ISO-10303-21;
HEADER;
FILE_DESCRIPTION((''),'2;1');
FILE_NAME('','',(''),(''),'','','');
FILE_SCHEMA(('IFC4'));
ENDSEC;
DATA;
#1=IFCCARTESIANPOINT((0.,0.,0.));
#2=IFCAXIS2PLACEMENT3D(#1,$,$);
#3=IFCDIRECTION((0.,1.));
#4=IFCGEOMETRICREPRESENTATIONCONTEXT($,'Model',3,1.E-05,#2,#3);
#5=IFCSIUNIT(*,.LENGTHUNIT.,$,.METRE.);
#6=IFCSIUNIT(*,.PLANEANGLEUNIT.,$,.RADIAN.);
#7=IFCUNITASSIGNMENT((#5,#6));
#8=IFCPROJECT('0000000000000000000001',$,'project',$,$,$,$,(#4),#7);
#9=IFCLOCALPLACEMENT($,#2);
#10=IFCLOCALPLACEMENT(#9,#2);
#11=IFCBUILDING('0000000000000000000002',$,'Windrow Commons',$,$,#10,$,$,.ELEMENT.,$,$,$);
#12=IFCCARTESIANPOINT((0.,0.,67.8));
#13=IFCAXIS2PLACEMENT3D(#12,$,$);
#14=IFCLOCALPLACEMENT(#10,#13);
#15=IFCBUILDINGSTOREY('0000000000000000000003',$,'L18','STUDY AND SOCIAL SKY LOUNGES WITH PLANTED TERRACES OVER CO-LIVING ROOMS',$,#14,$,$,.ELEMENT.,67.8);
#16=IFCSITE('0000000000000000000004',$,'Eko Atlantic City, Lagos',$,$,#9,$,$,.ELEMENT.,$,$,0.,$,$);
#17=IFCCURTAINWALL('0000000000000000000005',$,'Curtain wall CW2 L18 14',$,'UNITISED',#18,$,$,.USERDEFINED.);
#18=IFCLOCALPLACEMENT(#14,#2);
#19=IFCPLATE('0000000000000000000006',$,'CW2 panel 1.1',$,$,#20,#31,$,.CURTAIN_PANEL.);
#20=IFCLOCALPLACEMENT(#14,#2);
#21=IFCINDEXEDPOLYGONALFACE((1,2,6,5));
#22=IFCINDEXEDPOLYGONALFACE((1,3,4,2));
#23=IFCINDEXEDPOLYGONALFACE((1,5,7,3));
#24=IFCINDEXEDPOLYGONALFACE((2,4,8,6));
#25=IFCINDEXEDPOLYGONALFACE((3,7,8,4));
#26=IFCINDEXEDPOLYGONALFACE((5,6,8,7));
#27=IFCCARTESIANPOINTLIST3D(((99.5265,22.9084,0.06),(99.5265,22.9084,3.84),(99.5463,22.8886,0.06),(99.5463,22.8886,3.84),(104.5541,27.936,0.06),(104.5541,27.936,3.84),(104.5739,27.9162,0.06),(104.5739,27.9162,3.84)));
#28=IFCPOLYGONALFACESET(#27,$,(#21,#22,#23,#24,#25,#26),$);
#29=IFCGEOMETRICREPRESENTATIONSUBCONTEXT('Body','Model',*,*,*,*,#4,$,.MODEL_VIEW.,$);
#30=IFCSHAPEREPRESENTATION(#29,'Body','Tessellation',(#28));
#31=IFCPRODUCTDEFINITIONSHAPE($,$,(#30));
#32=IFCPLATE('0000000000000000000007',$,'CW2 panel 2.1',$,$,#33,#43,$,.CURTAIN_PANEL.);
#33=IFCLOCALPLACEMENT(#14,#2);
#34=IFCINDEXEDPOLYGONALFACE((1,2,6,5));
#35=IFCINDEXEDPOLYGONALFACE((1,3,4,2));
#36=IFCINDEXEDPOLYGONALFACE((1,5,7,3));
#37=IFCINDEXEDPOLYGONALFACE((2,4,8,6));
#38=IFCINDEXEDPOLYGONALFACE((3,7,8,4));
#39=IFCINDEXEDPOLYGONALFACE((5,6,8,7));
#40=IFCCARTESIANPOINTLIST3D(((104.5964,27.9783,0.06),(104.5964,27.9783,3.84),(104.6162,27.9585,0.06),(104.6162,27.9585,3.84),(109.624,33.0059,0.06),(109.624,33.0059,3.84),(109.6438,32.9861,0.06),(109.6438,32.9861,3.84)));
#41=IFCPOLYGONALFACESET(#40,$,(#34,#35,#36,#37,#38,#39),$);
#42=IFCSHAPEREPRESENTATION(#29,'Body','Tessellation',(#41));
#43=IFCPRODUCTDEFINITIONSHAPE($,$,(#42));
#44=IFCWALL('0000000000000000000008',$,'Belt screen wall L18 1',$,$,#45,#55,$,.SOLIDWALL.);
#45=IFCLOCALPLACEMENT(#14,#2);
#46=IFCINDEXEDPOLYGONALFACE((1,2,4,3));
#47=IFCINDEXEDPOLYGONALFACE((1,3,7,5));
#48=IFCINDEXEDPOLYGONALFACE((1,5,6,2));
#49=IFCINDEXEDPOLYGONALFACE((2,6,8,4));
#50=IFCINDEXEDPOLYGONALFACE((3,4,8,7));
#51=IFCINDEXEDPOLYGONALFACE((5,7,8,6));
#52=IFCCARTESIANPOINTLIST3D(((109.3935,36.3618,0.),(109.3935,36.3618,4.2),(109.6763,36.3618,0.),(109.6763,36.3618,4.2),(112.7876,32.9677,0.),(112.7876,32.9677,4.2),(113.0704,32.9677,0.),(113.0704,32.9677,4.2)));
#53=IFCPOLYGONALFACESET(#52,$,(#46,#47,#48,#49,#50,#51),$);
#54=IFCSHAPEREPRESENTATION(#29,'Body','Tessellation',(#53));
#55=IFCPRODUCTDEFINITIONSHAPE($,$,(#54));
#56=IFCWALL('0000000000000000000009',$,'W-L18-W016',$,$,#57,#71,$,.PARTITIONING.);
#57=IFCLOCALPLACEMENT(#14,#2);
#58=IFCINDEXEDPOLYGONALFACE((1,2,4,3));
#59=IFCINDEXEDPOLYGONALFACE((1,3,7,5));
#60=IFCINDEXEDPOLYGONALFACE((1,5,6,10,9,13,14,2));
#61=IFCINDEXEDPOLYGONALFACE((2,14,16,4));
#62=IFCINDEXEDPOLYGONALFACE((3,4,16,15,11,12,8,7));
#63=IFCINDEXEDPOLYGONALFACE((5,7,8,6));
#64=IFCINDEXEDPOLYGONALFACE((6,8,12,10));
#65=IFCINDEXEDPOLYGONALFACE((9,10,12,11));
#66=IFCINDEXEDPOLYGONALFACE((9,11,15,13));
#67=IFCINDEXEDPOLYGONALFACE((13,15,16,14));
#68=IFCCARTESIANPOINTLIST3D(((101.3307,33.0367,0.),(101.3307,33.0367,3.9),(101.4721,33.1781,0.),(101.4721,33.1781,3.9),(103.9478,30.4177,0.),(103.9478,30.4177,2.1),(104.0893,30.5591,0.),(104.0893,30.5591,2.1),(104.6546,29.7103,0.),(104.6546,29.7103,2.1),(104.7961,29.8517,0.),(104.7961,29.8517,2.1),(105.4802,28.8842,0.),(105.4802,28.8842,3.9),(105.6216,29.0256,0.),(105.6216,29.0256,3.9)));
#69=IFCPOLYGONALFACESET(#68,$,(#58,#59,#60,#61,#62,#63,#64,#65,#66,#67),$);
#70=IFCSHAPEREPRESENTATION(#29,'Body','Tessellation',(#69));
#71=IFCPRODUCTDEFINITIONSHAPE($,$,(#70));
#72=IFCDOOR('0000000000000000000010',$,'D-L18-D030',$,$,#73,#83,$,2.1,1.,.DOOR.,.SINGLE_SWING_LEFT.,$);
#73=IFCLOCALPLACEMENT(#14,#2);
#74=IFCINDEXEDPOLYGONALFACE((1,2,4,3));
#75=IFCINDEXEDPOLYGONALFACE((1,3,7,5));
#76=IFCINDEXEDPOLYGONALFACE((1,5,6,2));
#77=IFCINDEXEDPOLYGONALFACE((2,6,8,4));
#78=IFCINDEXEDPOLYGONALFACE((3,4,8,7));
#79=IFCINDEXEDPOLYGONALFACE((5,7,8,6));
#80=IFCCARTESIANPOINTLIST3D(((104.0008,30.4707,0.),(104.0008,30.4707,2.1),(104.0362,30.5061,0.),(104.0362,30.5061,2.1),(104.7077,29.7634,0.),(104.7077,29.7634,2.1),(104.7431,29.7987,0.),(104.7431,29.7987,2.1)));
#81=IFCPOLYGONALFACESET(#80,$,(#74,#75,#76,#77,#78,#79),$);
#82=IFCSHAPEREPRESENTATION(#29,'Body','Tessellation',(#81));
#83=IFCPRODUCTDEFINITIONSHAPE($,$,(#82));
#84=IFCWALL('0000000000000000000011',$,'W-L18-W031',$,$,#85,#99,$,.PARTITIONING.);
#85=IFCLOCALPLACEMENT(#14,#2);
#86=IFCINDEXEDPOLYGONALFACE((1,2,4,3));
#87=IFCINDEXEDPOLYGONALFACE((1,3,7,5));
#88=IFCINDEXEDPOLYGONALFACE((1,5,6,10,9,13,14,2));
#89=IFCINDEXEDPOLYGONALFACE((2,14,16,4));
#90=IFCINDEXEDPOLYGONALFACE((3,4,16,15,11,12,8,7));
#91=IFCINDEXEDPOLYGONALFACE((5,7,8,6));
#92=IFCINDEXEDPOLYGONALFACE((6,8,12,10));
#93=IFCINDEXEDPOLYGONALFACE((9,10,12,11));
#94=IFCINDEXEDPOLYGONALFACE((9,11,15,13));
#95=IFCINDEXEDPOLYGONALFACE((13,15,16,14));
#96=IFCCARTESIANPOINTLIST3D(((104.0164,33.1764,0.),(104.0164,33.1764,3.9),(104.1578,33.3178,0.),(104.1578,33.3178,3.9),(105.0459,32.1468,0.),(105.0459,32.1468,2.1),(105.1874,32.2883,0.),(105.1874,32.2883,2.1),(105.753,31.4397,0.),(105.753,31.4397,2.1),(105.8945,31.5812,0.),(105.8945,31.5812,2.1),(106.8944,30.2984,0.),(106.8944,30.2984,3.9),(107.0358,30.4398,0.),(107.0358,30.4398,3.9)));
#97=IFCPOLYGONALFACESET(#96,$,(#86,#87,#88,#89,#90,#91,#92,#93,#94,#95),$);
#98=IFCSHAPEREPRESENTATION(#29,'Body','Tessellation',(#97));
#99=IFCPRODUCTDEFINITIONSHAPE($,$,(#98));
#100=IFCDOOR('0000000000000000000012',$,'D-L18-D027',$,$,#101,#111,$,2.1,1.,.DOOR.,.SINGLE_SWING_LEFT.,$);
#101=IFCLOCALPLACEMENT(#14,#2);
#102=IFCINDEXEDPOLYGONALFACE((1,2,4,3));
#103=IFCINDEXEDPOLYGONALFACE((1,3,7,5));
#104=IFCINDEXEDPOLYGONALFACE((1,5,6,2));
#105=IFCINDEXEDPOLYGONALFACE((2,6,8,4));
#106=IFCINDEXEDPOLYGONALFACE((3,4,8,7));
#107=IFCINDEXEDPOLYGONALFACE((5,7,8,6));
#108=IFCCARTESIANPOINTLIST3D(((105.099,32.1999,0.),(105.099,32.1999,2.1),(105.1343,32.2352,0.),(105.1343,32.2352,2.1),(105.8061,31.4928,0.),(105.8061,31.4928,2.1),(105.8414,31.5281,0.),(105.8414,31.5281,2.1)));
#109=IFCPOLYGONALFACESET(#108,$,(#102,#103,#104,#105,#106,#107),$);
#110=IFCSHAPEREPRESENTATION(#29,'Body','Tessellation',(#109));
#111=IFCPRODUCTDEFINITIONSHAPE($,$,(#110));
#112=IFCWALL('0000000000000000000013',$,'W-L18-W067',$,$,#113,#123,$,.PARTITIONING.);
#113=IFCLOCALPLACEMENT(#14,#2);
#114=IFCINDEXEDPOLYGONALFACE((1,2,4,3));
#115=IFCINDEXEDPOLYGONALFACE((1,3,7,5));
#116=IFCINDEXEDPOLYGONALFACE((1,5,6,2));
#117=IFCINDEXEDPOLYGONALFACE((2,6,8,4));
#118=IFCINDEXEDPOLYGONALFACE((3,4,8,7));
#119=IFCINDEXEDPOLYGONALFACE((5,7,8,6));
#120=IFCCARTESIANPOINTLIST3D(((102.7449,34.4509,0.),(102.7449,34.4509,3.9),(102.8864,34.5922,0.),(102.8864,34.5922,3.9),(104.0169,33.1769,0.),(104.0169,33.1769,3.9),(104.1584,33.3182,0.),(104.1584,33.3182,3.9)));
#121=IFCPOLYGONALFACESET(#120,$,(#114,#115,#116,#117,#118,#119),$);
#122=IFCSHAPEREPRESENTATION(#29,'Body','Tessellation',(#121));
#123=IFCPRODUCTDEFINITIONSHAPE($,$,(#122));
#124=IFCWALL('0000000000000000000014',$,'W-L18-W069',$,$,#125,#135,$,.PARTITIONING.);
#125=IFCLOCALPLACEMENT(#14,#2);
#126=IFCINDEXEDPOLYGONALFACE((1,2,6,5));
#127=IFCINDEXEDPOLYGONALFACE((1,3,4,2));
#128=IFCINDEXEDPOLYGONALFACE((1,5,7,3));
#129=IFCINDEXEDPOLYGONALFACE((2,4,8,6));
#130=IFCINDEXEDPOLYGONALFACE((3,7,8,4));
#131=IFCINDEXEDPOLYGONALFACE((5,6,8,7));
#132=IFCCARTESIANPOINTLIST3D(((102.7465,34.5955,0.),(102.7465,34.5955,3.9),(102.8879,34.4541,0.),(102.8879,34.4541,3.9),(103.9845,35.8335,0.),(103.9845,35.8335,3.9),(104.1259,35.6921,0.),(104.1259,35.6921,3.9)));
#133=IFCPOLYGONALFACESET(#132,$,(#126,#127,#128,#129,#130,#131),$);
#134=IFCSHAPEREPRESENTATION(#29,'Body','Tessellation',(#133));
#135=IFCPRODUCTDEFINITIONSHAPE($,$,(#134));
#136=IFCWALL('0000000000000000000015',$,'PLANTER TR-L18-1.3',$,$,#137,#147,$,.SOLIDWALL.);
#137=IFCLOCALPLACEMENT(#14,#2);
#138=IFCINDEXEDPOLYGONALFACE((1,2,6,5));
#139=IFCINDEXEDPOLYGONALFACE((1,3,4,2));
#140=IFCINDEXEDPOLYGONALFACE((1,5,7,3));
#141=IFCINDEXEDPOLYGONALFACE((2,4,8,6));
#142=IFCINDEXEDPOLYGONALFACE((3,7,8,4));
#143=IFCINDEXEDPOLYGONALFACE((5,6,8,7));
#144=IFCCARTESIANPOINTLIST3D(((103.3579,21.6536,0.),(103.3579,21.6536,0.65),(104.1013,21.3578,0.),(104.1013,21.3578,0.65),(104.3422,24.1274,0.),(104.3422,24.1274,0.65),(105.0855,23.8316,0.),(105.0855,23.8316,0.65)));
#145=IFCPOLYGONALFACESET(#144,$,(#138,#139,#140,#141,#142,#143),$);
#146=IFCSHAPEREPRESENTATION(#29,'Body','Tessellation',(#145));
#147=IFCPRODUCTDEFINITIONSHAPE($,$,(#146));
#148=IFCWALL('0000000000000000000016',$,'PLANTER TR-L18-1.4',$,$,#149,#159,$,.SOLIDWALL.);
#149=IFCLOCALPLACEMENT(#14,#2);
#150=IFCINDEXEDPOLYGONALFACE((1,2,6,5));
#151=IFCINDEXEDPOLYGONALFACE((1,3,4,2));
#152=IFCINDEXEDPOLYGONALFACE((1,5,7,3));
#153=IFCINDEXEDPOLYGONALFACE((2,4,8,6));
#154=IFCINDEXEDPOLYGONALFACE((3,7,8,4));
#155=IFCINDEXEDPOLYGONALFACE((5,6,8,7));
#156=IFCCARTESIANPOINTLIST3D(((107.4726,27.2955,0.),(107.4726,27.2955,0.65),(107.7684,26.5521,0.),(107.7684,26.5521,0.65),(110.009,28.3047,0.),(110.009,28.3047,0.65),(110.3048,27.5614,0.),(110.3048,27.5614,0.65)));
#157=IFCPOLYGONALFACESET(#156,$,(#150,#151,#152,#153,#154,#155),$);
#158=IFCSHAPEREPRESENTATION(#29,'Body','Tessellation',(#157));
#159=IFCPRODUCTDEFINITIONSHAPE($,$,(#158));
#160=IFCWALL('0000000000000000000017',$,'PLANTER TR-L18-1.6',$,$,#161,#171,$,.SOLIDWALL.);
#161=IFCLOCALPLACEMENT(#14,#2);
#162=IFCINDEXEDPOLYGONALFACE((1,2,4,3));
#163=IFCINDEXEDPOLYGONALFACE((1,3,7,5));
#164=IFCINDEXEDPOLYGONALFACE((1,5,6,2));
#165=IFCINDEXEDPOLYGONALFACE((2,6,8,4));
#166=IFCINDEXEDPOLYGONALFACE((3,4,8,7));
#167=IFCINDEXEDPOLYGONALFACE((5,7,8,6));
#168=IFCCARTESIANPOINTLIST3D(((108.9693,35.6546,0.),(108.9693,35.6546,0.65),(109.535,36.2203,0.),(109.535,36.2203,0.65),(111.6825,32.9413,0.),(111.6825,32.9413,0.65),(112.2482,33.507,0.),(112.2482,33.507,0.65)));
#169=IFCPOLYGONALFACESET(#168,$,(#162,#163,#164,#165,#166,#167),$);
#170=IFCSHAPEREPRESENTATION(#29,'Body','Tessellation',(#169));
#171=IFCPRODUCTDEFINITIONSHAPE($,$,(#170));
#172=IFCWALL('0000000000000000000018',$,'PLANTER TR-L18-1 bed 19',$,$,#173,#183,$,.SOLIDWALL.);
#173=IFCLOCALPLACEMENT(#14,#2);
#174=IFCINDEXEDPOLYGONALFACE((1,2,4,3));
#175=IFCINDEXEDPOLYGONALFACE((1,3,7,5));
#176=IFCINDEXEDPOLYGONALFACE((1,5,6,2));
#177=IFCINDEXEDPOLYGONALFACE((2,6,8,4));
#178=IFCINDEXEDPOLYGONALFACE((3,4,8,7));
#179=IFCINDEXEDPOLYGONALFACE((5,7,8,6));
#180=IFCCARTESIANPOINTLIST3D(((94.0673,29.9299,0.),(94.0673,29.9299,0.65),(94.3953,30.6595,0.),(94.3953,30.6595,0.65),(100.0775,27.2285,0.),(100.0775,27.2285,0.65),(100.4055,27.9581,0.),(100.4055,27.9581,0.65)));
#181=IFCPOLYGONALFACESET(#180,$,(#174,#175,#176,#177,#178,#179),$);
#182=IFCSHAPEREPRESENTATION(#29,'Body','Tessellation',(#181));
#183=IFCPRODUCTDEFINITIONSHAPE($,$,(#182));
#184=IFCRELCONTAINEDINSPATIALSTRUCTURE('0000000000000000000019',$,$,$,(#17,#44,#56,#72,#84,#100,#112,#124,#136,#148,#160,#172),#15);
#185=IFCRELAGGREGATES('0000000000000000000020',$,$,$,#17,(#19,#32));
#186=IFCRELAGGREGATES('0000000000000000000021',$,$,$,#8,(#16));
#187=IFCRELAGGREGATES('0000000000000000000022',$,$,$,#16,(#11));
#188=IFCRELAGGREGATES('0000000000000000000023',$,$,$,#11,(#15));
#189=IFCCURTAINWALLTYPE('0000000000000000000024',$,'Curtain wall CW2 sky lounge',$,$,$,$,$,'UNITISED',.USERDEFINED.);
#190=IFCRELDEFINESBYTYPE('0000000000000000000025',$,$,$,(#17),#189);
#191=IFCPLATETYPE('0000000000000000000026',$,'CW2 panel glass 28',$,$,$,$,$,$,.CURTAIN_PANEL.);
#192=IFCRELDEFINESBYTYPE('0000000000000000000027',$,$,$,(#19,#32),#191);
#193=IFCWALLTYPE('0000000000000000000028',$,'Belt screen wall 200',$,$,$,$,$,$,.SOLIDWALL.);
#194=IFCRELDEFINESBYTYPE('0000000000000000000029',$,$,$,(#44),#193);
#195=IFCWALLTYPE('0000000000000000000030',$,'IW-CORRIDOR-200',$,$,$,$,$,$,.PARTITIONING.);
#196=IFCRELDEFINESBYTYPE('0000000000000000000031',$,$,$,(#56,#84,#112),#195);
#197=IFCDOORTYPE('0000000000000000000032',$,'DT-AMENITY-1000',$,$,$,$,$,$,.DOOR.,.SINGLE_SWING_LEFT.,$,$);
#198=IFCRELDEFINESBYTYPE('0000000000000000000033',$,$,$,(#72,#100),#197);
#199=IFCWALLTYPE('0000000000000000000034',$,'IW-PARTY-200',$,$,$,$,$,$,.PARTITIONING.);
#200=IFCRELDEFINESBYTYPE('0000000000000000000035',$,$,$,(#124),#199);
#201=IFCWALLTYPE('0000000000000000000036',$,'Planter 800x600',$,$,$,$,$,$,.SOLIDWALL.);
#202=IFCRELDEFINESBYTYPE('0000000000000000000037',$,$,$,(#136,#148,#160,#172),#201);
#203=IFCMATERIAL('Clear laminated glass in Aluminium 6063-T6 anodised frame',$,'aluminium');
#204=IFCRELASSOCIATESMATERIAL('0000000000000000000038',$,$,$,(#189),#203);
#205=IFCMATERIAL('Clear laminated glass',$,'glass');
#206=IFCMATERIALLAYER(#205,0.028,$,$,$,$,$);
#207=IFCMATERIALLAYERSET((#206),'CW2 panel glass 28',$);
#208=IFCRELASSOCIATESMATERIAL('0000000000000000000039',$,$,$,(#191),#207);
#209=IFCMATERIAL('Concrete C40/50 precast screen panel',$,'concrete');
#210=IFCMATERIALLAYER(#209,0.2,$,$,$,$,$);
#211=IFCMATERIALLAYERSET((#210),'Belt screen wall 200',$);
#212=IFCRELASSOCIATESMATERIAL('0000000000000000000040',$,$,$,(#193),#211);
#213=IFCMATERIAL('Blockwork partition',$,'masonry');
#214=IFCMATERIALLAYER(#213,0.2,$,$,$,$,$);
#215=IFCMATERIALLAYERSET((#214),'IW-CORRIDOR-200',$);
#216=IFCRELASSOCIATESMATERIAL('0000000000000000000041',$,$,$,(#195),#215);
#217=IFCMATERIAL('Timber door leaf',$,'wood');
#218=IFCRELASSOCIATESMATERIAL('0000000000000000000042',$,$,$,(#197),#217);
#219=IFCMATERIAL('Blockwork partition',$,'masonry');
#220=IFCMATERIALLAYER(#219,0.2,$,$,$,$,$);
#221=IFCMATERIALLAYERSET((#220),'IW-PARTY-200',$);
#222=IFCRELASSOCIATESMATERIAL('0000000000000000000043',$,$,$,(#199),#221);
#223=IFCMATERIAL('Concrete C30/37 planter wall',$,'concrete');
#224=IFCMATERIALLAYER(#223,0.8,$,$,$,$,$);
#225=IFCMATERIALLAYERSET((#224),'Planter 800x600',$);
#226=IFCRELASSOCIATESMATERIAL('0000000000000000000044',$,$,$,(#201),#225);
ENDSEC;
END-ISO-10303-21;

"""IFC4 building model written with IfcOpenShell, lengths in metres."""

from ifc_helpers import new_model, si_unit, direction, frame, frame_2d, origin, origin_2d, place, context, subcontext, project, spatial, polyline, rectangle, outline, extrude, material, layer, layer_set, type_object, element, fill, aggregate, save


model = new_model("IFC4")

# Units and contexts
model_context = context("Model", 3, precision=1e-05, world=origin(), true_north=direction((0.0, 1.0)))
body_context = subcontext(model_context, "Body", "Model", "MODEL_VIEW")
ifc_project = project(units=[si_unit("LENGTHUNIT", "METRE"), si_unit("PLANEANGLEUNIT", "RADIAN")], contexts=[model_context])

# Site, building, storey
site_placement = place(None, origin())
site = spatial("IfcSite", under=ifc_project, at=site_placement, Name="Eko Atlantic City, Lagos", CompositionType="ELEMENT", RefElevation=0.0)
building_placement = place(site_placement, origin())
building = spatial("IfcBuilding", under=site, at=building_placement, Name="Windrow Commons", CompositionType="ELEMENT")
storey_placement = place(building_placement, frame((0.0, 0.0, 67.8)))
storey = spatial("IfcBuildingStorey", under=building, at=storey_placement, Name="L18", Description="STUDY AND SOCIAL SKY LOUNGES WITH PLANTED TERRACES OVER CO-LIVING ROOMS", CompositionType="ELEMENT", Elevation=67.8)

# Shared definitions
ifc_material_1 = material(Name="Clear laminated glass in Aluminium 6063-T6 anodised frame", Category="aluminium")
curtain_wall_type = type_object("IfcCurtainWallType", Name="Curtain wall CW2 sky lounge", ElementType="UNITISED", PredefinedType="USERDEFINED", material=ifc_material_1)
placement = place(storey_placement, origin())

# Curtain wall
curtain_wall_1 = element("IfcCurtainWall", 1, at=placement, inside=storey, type_object=curtain_wall_type, Name="Curtain wall CW2 L18 14", ObjectType="UNITISED", PredefinedType="USERDEFINED")

# Plates
ifc_material_2 = material(Name="Clear laminated glass", Category="glass")
ifc_layer_1 = layer(ifc_material_2, 0.028)
ifc_layer_set_1 = layer_set([ifc_layer_1], Name="CW2 panel glass 28")
plate_type = type_object("IfcPlateType", Name="CW2 panel glass 28", PredefinedType="CURTAIN_PANEL", material=ifc_layer_set_1)
plate_1_placement = place(storey_placement, frame((102.0502, 25.4123, 0.06), z_axis=(0.0, 0.0, 1.0), x_axis=(0.707107, 0.707107, 0.0)))
plate_1 = element("IfcPlate", 2, at=plate_1_placement, type_object=plate_type, Name="CW2 panel 1.1", PredefinedType="CURTAIN_PANEL", context=body_context, shape_type="SweptSolid", body=[
    extrude(rectangle(XDim=7.11, YDim=0.028, at=origin_2d()), origin(), (0.0, 0.0, 1.0), 3.78),
])
plate_2_placement = place(storey_placement, frame((107.1201, 30.4822, 0.06), z_axis=(0.0, 0.0, 1.0), x_axis=(0.707107, 0.707107, 0.0)))
plate_2 = element("IfcPlate", 3, at=plate_2_placement, type_object=plate_type, Name="CW2 panel 2.1", PredefinedType="CURTAIN_PANEL", context=body_context, shape_type="SweptSolid", body=[
    extrude(rectangle(XDim=7.11, YDim=0.028, at=origin_2d()), origin(), (0.0, 0.0, 1.0), 3.78),
])
aggregate(curtain_wall_1, [plate_1, plate_2])

# Wall
ifc_material_3 = material(Name="Concrete C40/50 precast screen panel", Category="concrete")
ifc_layer_2 = layer(ifc_material_3, 0.2)
ifc_layer_set_2 = layer_set([ifc_layer_2], Name="Belt screen wall 200")
wall_type_1 = type_object("IfcWallType", Name="Belt screen wall 200", PredefinedType="SOLIDWALL", material=ifc_layer_set_2)
wall_1_placement = place(storey_placement, frame((112.929, 32.9677, 0.0), z_axis=(0.0, 0.0, 1.0), x_axis=(-0.707107, 0.707107, 0.0)))
element("IfcWall", 4, at=wall_1_placement, inside=storey, type_object=wall_type_1, Name="Belt screen wall L18 1", PredefinedType="SOLIDWALL", context=body_context, shape_type="SweptSolid", body=[
    extrude(outline(polyline([(-0.1, -0.1), (4.7, -0.1), (4.9, 0.1), (0.1, 0.1), (-0.1, -0.1)])), origin(), (0.0, 0.0, 1.0), 4.2),
])

# Walls, openings, doors
ifc_material_4 = material(Name="Blockwork partition", Category="masonry")
ifc_layer_3 = layer(ifc_material_4, 0.2)
ifc_layer_set_3 = layer_set([ifc_layer_3], Name="IW-CORRIDOR-200")
wall_type_2 = type_object("IfcWallType", Name="IW-CORRIDOR-200", PredefinedType="PARTITIONING", material=ifc_layer_set_3)
wall_2_placement = place(storey_placement, frame((105.5509, 28.9549, 0.0), z_axis=(0.0, 0.0, 1.0), x_axis=(-0.706851, 0.707362, 0.0)))
wall_2 = element("IfcWall", 5, at=wall_2_placement, inside=storey, type_object=wall_type_2, Name="W-L18-W016", PredefinedType="PARTITIONING", context=body_context, shape_type="SweptSolid", body=[
    extrude(rectangle(XDim=5.8704, YDim=0.2, at=frame_2d((2.9352, 0.0))), origin(), (0.0, 0.0, 1.0), 3.9),
])
opening_1_placement = place(wall_2_placement, frame((1.1679, 0.0, 0.0)))
opening_1 = element("IfcOpeningElement", 6, at=opening_1_placement, cuts=wall_2, PredefinedType="OPENING", context=body_context, shape_type="SweptSolid", body=[
    extrude(rectangle(XDim=1.0, YDim=2.1, at=frame_2d((0.5, 1.05))), frame((0.0, 0.11, 0.0), z_axis=(0.0, -1.0, 0.0), x_axis=(1.0, 0.0, 0.0)), (0.0, 0.0, 1.0), 0.22),
])
ifc_material_5 = material(Name="Timber door leaf", Category="wood")
door_type = type_object("IfcDoorType", Name="DT-AMENITY-1000", OperationType="SINGLE_SWING_LEFT", PredefinedType="DOOR", material=ifc_material_5)
door_1_placement = place(opening_1_placement, origin())
door_1 = element("IfcDoor", 7, at=door_1_placement, inside=storey, type_object=door_type, Name="D-L18-D030", OperationType="SINGLE_SWING_LEFT", OverallHeight=2.1, OverallWidth=1.0, PredefinedType="DOOR", context=body_context, shape_type="SweptSolid", body=[
    extrude(rectangle(XDim=1.0, YDim=2.1, at=frame_2d((0.5, 1.05))), frame((0.0, 0.025, 0.0), z_axis=(0.0, -1.0, 0.0), x_axis=(1.0, 0.0, 0.0)), (0.0, 0.0, 1.0), 0.05),
])
fill(opening_1, door_1)
wall_3_placement = place(storey_placement, frame((104.0871, 33.2471, 0.0), z_axis=(0.0, 0.0, 1.0), x_axis=(0.707107, -0.707107, 0.0)))
wall_3 = element("IfcWall", 8, at=wall_3_placement, inside=storey, type_object=wall_type_2, Name="W-L18-W031", PredefinedType="PARTITIONING", context=body_context, shape_type="SweptSolid", body=[
    extrude(rectangle(XDim=4.0701, YDim=0.2, at=frame_2d((2.0351, 0.0))), origin(), (0.0, 0.0, 1.0), 3.9),
])
opening_2_placement = place(wall_3_placement, frame((1.456, 0.0, 0.0)))
opening_2 = element("IfcOpeningElement", 9, at=opening_2_placement, cuts=wall_3, PredefinedType="OPENING", context=body_context, shape_type="SweptSolid", body=[
    extrude(rectangle(XDim=1.0, YDim=2.1, at=frame_2d((0.5, 1.05))), frame((0.0, 0.11, 0.0), z_axis=(0.0, -1.0, 0.0), x_axis=(1.0, 0.0, 0.0)), (0.0, 0.0, 1.0), 0.22),
])
door_2_placement = place(opening_2_placement, origin())
door_2 = element("IfcDoor", 10, at=door_2_placement, inside=storey, type_object=door_type, Name="D-L18-D027", OperationType="SINGLE_SWING_LEFT", OverallHeight=2.1, OverallWidth=1.0, PredefinedType="DOOR", context=body_context, shape_type="SweptSolid", body=[
    extrude(rectangle(XDim=1.0, YDim=2.1, at=frame_2d((0.5, 1.05))), frame((0.0, 0.025, 0.0), z_axis=(0.0, -1.0, 0.0), x_axis=(1.0, 0.0, 0.0)), (0.0, 0.0, 1.0), 0.05),
])
fill(opening_2, door_2)

# Walls
wall_4_placement = place(storey_placement, frame((102.8156, 34.5216, 0.0), z_axis=(0.0, 0.0, 1.0), x_axis=(0.706551, -0.707662, 0.0)))
element("IfcWall", 11, at=wall_4_placement, inside=storey, type_object=wall_type_2, Name="W-L18-W067", PredefinedType="PARTITIONING", context=body_context, shape_type="SweptSolid", body=[
    extrude(rectangle(XDim=1.8003, YDim=0.2, at=frame_2d((0.9002, 0.0))), origin(), (0.0, 0.0, 1.0), 3.9),
])
ifc_material_6 = material(Name="Blockwork partition", Category="masonry")
ifc_layer_4 = layer(ifc_material_6, 0.2)
ifc_layer_set_4 = layer_set([ifc_layer_4], Name="IW-PARTY-200")
wall_type_3 = type_object("IfcWallType", Name="IW-PARTY-200", PredefinedType="PARTITIONING", material=ifc_layer_set_4)
wall_5_placement = place(storey_placement, frame((102.8172, 34.5248, 0.0), z_axis=(0.0, 0.0, 1.0), x_axis=(0.707107, 0.707107, 0.0)))
element("IfcWall", 12, at=wall_5_placement, inside=storey, type_object=wall_type_3, Name="W-L18-W069", PredefinedType="PARTITIONING", context=body_context, shape_type="SweptSolid", body=[
    extrude(rectangle(XDim=1.7508, YDim=0.2, at=frame_2d((0.8754, 0.0))), origin(), (0.0, 0.0, 1.0), 3.9),
])
ifc_material_7 = material(Name="Concrete C30/37 planter wall", Category="concrete")
ifc_layer_5 = layer(ifc_material_7, 0.8)
ifc_layer_set_5 = layer_set([ifc_layer_5], Name="Planter 800x600")
wall_type_4 = type_object("IfcWallType", Name="Planter 800x600", PredefinedType="SOLIDWALL", material=ifc_layer_set_5)
wall_6_placement = place(storey_placement, frame((103.7296, 21.5057, 0.0), z_axis=(0.0, 0.0, 1.0), x_axis=(0.3697, 0.929151, 0.0)))
element("IfcWall", 13, at=wall_6_placement, inside=storey, type_object=wall_type_4, Name="PLANTER TR-L18-1.3", PredefinedType="SOLIDWALL", context=body_context, shape_type="SweptSolid", body=[
    extrude(rectangle(XDim=2.6624, YDim=0.8, at=frame_2d((1.3312, 0.0))), origin(), (0.0, 0.0, 1.0), 0.65),
])
wall_7_placement = place(storey_placement, frame((107.6205, 26.9238, 0.0), z_axis=(0.0, 0.0, 1.0), x_axis=(0.92914, 0.369729, 0.0)))
element("IfcWall", 14, at=wall_7_placement, inside=storey, type_object=wall_type_4, Name="PLANTER TR-L18-1.4", PredefinedType="SOLIDWALL", context=body_context, shape_type="SweptSolid", body=[
    extrude(rectangle(XDim=2.7298, YDim=0.8, at=frame_2d((1.3649, 0.0))), origin(), (0.0, 0.0, 1.0), 0.65),
])
wall_8_placement = place(storey_placement, frame((111.9653, 33.2242, 0.0), z_axis=(0.0, 0.0, 1.0), x_axis=(-0.707094, 0.70712, 0.0)))
element("IfcWall", 15, at=wall_8_placement, inside=storey, type_object=wall_type_4, Name="PLANTER TR-L18-1.6", PredefinedType="SOLIDWALL", context=body_context, shape_type="SweptSolid", body=[
    extrude(rectangle(XDim=3.8371, YDim=0.8, at=frame_2d((1.9185, 0.0))), origin(), (0.0, 0.0, 1.0), 0.65),
])
wall_9_placement = place(storey_placement, frame((100.2415, 27.5933, 0.0), z_axis=(0.0, 0.0, 1.0), x_axis=(-0.912103, 0.409962, 0.0)))
element("IfcWall", 16, at=wall_9_placement, inside=storey, type_object=wall_type_4, Name="PLANTER TR-L18-1 bed 19", PredefinedType="SOLIDWALL", context=body_context, shape_type="SweptSolid", body=[
    extrude(rectangle(XDim=6.5894, YDim=0.8, at=frame_2d((3.2947, 0.0))), origin(), (0.0, 0.0, 1.0), 0.65),
])

save(model, "model.ifc")
